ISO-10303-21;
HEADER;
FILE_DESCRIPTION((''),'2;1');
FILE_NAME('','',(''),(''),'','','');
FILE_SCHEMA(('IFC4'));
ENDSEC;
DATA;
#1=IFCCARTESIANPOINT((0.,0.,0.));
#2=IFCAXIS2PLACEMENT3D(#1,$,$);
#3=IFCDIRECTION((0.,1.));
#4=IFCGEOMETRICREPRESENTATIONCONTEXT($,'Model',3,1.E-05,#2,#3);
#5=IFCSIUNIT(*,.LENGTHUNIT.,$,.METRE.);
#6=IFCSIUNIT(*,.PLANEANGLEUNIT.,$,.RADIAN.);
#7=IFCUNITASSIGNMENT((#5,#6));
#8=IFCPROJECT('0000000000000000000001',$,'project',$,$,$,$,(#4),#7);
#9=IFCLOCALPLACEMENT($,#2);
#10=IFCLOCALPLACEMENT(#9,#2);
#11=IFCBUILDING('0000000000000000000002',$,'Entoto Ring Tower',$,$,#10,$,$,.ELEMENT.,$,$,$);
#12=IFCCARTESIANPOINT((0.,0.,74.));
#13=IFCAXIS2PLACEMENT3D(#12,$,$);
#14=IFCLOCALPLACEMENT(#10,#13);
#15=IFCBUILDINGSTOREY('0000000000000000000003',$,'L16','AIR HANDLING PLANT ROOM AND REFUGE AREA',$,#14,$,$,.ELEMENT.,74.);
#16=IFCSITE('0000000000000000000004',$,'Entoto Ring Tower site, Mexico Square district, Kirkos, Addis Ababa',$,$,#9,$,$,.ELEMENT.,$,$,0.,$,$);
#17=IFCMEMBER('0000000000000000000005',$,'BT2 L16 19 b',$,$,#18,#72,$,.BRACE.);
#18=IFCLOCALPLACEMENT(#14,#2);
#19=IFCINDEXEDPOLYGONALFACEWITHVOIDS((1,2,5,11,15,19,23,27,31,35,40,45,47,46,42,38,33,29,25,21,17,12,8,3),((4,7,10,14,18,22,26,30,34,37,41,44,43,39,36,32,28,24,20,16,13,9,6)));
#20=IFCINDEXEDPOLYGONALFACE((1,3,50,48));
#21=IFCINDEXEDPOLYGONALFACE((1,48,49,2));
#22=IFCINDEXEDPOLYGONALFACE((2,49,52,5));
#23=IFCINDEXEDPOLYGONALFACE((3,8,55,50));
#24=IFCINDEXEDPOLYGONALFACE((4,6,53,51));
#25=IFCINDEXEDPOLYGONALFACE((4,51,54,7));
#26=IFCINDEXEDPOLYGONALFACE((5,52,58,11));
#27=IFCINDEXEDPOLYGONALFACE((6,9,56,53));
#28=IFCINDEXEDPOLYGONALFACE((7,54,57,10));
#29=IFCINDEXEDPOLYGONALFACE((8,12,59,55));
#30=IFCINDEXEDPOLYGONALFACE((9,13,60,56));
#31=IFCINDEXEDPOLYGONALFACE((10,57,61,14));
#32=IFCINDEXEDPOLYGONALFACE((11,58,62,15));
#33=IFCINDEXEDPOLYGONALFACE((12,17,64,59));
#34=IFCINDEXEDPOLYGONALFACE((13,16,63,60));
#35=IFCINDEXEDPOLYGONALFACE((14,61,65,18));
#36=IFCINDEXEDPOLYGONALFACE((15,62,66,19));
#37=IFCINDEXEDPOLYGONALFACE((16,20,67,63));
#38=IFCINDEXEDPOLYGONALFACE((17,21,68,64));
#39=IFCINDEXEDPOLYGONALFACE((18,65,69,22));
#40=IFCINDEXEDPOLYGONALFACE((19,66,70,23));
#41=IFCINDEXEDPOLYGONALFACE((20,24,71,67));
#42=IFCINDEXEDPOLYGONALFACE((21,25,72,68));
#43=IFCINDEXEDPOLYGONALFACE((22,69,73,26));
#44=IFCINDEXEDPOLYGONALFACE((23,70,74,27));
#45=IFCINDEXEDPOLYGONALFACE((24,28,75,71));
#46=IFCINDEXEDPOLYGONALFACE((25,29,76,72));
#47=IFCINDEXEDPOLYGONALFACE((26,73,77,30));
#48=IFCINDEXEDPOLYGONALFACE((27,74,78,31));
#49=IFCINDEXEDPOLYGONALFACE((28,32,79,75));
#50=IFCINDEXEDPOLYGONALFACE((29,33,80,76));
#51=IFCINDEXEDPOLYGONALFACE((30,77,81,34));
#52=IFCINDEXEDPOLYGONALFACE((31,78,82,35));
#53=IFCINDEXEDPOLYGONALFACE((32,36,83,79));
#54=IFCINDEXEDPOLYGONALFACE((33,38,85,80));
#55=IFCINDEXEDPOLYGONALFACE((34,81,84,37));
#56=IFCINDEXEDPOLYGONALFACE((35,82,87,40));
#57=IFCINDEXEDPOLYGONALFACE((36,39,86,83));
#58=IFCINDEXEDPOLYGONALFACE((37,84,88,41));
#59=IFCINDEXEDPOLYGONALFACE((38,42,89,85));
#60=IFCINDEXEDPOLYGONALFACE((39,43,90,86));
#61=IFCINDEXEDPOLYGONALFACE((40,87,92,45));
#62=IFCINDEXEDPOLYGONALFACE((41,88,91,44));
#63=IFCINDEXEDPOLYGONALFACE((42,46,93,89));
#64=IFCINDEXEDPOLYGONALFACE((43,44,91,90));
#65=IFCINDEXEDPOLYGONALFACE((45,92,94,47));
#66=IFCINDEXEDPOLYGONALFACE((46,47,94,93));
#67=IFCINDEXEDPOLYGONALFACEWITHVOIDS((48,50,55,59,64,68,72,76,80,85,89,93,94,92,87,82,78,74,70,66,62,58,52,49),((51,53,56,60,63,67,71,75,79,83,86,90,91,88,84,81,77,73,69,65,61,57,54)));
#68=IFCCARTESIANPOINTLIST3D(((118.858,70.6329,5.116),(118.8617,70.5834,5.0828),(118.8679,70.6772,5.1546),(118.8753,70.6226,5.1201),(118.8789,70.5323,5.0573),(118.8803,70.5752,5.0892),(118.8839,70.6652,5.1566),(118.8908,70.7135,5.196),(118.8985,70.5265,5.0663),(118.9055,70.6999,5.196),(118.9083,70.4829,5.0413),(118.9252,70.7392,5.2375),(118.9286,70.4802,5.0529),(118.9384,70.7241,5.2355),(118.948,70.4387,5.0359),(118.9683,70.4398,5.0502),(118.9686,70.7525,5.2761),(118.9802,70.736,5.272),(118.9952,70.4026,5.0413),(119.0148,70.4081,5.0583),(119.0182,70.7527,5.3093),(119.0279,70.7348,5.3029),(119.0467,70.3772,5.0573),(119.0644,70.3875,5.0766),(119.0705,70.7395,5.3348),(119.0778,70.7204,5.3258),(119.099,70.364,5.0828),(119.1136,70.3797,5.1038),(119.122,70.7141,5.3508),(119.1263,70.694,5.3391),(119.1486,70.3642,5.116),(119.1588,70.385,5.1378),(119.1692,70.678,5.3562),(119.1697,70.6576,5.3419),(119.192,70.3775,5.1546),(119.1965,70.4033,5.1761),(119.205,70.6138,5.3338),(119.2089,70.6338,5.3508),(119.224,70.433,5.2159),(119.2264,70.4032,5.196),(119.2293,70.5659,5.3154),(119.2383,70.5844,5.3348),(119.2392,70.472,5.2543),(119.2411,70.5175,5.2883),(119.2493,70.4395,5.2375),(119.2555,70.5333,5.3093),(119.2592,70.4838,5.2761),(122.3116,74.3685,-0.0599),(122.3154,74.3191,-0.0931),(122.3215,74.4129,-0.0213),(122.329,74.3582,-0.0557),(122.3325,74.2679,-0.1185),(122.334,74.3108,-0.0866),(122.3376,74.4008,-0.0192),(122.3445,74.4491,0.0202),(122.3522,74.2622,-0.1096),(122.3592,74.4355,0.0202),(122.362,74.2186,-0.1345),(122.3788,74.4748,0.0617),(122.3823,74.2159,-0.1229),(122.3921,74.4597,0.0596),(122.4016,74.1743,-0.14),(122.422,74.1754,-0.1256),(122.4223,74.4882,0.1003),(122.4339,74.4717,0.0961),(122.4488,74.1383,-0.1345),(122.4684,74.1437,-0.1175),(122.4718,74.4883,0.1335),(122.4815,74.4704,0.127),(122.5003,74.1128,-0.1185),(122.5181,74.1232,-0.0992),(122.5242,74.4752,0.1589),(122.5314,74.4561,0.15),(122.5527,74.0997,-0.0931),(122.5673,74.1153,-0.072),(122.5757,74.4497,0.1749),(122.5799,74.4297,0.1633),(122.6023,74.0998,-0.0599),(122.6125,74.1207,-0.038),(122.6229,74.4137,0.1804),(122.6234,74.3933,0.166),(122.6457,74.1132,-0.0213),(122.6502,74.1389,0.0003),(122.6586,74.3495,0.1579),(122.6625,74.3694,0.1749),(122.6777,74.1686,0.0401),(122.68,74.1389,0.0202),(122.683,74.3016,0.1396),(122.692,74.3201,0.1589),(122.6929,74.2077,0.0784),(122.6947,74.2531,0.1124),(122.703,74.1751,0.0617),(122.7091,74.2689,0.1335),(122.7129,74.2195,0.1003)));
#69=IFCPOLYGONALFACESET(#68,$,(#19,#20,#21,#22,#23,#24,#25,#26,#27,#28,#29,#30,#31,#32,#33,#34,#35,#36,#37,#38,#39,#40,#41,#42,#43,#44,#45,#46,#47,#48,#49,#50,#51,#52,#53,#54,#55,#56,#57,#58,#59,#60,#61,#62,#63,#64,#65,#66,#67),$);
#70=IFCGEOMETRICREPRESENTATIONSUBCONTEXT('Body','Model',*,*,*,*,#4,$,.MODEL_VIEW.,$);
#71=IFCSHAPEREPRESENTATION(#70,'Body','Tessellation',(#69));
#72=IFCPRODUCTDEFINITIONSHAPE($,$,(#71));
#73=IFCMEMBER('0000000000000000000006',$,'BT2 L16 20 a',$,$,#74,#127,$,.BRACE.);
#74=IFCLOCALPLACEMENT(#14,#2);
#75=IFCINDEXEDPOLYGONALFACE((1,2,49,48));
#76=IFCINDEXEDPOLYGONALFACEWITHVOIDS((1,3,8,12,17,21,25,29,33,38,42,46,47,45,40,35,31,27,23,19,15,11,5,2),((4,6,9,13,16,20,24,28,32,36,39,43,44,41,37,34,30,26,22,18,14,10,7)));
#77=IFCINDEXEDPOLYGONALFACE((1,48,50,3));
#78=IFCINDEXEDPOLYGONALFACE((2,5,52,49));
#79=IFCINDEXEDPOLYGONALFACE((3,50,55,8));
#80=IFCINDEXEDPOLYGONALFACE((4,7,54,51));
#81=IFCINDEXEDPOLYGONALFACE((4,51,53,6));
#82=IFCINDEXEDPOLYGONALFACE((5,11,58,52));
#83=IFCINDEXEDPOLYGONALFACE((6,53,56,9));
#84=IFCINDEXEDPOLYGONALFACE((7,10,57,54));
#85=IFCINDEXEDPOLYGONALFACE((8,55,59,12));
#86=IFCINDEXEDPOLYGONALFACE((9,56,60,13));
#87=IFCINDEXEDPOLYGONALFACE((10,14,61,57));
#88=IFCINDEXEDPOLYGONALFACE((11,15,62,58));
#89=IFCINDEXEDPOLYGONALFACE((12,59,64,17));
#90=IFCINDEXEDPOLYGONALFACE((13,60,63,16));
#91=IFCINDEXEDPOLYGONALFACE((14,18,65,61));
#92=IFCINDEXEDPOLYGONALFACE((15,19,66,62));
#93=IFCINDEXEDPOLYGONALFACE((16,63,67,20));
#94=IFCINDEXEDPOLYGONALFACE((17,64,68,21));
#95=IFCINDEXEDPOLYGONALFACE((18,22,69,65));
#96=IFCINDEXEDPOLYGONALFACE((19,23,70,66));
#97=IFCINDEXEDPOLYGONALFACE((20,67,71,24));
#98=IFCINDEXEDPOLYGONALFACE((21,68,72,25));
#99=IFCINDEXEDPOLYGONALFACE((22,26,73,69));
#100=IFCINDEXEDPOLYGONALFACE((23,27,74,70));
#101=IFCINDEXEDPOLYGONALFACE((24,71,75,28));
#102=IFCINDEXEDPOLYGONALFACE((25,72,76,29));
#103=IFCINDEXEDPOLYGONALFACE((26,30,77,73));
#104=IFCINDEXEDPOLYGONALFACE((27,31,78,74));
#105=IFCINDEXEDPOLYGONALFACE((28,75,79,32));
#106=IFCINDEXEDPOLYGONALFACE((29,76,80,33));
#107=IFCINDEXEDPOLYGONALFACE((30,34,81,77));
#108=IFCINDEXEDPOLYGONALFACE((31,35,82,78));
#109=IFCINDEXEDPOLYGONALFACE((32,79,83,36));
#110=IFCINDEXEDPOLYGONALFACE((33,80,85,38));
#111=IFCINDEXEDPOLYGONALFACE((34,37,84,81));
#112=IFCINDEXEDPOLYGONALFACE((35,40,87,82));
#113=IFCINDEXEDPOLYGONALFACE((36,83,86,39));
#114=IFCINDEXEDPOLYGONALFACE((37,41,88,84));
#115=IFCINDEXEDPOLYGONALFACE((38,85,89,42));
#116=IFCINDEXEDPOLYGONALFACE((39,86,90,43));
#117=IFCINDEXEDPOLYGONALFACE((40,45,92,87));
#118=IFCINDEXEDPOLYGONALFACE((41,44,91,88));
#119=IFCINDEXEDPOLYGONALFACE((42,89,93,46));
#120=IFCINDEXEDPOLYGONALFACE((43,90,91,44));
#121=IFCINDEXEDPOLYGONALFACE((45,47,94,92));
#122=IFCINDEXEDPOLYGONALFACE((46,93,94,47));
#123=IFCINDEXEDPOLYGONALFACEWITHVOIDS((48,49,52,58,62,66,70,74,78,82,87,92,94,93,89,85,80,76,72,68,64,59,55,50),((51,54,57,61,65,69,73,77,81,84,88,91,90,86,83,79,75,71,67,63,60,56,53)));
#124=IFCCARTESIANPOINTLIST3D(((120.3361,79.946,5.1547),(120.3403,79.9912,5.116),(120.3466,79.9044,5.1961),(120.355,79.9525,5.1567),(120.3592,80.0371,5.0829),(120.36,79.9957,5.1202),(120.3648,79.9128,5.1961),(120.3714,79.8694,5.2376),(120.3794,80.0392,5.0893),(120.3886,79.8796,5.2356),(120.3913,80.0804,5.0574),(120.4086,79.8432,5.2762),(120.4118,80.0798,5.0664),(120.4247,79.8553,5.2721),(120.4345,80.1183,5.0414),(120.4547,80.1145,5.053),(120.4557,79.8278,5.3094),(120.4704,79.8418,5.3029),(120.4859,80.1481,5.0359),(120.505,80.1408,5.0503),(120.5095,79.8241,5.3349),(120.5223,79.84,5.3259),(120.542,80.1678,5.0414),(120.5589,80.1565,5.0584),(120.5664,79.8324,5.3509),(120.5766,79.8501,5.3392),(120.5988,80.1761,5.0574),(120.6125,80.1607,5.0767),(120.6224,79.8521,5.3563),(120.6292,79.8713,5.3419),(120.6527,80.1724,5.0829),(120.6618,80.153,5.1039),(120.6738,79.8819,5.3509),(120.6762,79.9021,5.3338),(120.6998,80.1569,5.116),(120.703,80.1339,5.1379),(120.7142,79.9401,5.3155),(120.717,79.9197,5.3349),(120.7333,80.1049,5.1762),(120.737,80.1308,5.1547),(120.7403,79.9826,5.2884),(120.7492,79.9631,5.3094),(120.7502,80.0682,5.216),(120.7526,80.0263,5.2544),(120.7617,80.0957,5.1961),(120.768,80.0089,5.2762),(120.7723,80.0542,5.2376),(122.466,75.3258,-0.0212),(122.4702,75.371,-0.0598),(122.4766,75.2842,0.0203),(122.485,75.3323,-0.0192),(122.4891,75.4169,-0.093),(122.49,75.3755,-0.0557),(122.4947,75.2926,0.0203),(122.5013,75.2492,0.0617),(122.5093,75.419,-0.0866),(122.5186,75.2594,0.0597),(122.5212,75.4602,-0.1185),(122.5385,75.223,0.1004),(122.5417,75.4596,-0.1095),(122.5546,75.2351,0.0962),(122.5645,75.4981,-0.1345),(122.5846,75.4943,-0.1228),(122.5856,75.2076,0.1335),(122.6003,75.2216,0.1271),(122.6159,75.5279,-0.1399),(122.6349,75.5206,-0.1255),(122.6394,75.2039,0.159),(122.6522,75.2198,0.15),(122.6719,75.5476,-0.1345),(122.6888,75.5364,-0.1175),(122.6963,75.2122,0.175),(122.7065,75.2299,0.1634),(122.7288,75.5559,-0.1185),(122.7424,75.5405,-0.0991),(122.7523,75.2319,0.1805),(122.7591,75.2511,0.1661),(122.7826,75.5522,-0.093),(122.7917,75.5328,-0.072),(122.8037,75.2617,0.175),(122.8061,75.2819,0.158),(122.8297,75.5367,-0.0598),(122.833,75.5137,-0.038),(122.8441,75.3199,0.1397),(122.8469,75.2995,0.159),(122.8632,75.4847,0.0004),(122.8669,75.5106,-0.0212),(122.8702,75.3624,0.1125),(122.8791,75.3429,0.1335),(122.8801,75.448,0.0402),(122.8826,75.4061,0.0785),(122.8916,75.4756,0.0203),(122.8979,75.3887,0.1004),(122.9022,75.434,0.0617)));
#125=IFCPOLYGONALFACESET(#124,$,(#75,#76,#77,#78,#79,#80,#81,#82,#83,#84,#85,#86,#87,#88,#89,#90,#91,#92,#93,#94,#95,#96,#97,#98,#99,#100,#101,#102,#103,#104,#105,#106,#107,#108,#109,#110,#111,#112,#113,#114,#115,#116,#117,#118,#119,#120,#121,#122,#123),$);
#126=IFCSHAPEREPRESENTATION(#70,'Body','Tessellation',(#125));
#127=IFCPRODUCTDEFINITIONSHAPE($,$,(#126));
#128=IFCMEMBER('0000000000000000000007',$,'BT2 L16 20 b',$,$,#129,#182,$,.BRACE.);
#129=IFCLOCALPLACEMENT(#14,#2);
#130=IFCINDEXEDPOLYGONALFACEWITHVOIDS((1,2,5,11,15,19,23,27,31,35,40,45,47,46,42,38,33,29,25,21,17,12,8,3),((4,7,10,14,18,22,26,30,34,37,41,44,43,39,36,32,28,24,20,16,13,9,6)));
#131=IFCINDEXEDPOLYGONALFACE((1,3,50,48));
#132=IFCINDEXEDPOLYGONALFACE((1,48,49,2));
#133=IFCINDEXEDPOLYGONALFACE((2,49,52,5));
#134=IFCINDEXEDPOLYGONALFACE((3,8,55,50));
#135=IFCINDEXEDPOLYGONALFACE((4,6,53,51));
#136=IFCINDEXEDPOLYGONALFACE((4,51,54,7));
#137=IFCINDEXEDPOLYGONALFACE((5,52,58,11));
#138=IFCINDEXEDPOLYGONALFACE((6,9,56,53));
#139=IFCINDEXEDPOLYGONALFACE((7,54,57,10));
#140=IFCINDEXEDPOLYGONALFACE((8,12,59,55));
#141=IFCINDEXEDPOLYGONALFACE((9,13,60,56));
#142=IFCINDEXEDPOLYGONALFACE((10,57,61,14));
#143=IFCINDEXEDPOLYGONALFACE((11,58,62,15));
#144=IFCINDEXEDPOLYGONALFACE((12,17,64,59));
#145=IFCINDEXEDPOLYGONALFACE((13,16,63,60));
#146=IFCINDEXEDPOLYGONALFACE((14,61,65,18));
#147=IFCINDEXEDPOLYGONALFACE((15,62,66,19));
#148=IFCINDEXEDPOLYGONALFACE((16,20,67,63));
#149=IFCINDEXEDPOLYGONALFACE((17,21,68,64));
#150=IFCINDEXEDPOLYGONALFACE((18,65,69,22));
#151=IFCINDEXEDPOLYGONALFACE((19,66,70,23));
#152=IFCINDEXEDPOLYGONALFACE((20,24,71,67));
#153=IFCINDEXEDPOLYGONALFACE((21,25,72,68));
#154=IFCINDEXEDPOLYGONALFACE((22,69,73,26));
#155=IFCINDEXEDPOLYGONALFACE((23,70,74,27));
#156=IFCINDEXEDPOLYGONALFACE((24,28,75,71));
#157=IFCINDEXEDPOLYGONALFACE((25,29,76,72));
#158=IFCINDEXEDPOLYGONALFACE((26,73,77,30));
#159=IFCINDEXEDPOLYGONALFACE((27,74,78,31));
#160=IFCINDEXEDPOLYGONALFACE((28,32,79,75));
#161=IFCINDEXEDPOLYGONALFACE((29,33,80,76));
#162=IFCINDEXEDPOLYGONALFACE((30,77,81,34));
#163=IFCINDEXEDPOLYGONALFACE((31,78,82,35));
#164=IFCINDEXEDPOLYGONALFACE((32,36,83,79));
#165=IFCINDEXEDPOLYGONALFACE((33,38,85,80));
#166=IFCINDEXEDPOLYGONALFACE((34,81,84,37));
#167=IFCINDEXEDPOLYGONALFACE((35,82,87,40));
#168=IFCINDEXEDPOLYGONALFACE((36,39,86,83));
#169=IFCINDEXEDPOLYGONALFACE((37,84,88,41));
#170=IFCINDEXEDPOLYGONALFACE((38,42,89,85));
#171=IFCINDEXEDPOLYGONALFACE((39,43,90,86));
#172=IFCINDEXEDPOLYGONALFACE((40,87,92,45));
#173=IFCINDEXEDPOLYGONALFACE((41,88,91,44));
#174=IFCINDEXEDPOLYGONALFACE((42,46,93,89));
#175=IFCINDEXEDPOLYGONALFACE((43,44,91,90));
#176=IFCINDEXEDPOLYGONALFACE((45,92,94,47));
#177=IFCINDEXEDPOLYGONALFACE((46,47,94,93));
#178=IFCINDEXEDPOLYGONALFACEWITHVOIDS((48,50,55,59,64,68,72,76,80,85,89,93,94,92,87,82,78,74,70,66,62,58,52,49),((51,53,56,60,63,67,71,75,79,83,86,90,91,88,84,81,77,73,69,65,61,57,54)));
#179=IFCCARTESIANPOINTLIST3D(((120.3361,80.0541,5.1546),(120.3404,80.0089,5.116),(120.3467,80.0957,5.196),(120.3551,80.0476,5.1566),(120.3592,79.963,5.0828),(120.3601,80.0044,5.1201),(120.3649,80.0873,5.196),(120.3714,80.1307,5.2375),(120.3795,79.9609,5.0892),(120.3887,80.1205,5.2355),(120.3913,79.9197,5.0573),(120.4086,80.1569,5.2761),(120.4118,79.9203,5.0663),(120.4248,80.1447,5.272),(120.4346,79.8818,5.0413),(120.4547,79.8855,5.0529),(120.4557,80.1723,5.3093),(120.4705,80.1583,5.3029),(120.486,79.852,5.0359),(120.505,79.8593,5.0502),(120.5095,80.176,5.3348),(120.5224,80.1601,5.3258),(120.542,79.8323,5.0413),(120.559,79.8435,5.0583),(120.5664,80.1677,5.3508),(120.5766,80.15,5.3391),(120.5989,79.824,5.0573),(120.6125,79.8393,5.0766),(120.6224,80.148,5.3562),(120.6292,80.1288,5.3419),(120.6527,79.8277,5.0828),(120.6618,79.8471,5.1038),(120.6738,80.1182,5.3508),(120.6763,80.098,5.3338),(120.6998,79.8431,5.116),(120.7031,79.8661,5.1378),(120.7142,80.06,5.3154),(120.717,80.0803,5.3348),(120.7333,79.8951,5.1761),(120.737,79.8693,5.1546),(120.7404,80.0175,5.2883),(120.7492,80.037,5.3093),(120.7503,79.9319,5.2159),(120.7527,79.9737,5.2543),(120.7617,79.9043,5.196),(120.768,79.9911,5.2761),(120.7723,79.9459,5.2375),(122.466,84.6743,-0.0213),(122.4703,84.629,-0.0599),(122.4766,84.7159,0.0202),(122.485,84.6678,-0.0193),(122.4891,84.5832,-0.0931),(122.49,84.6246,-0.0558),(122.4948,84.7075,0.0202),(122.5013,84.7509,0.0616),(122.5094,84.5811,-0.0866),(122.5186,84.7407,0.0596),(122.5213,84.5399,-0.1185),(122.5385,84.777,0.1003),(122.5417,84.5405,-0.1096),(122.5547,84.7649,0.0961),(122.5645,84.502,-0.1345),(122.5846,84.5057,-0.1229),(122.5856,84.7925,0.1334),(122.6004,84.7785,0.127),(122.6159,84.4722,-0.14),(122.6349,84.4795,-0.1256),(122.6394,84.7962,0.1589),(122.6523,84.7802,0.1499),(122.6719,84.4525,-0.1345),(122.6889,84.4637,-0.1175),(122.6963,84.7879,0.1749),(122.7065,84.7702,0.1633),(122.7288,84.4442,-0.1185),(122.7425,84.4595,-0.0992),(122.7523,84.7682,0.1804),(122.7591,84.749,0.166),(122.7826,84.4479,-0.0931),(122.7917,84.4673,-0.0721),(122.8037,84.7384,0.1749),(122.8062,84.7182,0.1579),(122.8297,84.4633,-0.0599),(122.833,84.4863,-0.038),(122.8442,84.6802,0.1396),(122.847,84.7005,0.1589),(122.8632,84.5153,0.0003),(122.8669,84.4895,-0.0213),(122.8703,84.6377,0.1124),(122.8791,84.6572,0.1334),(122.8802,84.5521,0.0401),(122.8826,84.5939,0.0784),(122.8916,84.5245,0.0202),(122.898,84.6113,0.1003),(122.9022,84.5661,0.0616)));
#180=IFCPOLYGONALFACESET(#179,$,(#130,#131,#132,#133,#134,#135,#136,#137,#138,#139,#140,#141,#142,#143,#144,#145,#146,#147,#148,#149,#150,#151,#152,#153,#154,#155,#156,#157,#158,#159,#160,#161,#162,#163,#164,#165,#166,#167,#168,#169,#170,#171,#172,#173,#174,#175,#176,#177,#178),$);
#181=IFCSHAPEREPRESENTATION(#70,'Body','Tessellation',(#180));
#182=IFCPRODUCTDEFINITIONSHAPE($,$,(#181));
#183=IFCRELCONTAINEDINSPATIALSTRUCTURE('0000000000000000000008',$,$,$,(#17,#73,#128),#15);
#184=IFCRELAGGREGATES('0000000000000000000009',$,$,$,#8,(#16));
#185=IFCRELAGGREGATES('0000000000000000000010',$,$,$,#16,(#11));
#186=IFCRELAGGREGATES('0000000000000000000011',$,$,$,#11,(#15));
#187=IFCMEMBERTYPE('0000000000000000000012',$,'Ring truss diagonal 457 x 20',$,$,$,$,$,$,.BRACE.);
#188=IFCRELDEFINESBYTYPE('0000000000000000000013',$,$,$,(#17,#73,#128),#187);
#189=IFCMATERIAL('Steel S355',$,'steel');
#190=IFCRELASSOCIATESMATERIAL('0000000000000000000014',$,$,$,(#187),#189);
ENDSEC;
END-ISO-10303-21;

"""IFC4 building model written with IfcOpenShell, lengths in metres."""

from ifc_helpers import new_model, si_unit, direction, frame, origin, origin_2d, place, context, subcontext, project, spatial, circle, hollow_circle, extrude, material, material_profile, profile_set, type_object, element, save


model = new_model("IFC4")

# Units and contexts
model_context = context("Model", 3, precision=1e-05, world=origin(), true_north=direction((0.0, 1.0)))
body_context = subcontext(model_context, "Body", "Model", "MODEL_VIEW")
ifc_project = project(units=[si_unit("LENGTHUNIT", "METRE"), si_unit("PLANEANGLEUNIT", "RADIAN")], contexts=[model_context])

# Site, building, storey
site_placement = place(None, origin())
site = spatial("IfcSite", under=ifc_project, at=site_placement, Name="Entoto Ring Tower site, Mexico Square district, Kirkos, Addis Ababa", CompositionType="ELEMENT", RefElevation=0.0)
building_placement = place(site_placement, origin())
building = spatial("IfcBuilding", under=site, at=building_placement, Name="Entoto Ring Tower", CompositionType="ELEMENT")
storey_placement = place(building_placement, frame((0.0, 0.0, 74.0)))
storey = spatial("IfcBuildingStorey", under=building, at=storey_placement, Name="L16", Description="AIR HANDLING PLANT ROOM AND REFUGE AREA", CompositionType="ELEMENT", Elevation=74.0)

# Members
ifc_material_1 = material(Name="Steel S355", Category="steel")
ifc_material_profile_1 = material_profile(ifc_material_1, hollow_circle(Radius=0.2285, WallThickness=0.02, at=origin_2d()), Name="CHS 457 x 20")
ifc_material_2 = material(Name="Concrete C60/75", Category="concrete")
ifc_material_profile_2 = material_profile(ifc_material_2, circle(Radius=0.2085, at=origin_2d()), Name="Concrete C60/75 infill")
ifc_profile_set_1 = profile_set([ifc_material_profile_1, ifc_material_profile_2], Name="Steel S355")
member_type_1 = type_object("IfcMemberType", Name="Ring truss diagonal 457 x 20", PredefinedType="BRACE", material=ifc_profile_set_1)
for number, where, z_axis, x_axis, name in (
    (1, (119.0586, 70.5583, 5.196), (0.47587, 0.514724, -0.713166), (-0.734277, 0.67885, 0.0), "BT2 L16 19 b"),
    (2, (122.6841, 75.3799, 0.0203), (-0.293475, 0.636603, 0.713168), (-0.908145, -0.418656, 0.0), "BT2 L16 20 a"),
    (3, (120.5542, 80.0, 5.196), (0.293475, 0.636603, -0.713168), (-0.908145, 0.418656, 0.0), "BT2 L16 20 b"),
):
    element("IfcMember", number, at=place(storey_placement, frame(where, z_axis=z_axis, x_axis=x_axis)), inside=storey, type_object=member_type_1, Name=name, PredefinedType="BRACE", context=body_context, shape_type="SweptSolid", body=[
        extrude(hollow_circle(Radius=0.2285, WallThickness=0.02, at=origin_2d()), origin(), (0.0, 0.0, 1.0), 7.2576),
    ])

save(model, "model.ifc")
